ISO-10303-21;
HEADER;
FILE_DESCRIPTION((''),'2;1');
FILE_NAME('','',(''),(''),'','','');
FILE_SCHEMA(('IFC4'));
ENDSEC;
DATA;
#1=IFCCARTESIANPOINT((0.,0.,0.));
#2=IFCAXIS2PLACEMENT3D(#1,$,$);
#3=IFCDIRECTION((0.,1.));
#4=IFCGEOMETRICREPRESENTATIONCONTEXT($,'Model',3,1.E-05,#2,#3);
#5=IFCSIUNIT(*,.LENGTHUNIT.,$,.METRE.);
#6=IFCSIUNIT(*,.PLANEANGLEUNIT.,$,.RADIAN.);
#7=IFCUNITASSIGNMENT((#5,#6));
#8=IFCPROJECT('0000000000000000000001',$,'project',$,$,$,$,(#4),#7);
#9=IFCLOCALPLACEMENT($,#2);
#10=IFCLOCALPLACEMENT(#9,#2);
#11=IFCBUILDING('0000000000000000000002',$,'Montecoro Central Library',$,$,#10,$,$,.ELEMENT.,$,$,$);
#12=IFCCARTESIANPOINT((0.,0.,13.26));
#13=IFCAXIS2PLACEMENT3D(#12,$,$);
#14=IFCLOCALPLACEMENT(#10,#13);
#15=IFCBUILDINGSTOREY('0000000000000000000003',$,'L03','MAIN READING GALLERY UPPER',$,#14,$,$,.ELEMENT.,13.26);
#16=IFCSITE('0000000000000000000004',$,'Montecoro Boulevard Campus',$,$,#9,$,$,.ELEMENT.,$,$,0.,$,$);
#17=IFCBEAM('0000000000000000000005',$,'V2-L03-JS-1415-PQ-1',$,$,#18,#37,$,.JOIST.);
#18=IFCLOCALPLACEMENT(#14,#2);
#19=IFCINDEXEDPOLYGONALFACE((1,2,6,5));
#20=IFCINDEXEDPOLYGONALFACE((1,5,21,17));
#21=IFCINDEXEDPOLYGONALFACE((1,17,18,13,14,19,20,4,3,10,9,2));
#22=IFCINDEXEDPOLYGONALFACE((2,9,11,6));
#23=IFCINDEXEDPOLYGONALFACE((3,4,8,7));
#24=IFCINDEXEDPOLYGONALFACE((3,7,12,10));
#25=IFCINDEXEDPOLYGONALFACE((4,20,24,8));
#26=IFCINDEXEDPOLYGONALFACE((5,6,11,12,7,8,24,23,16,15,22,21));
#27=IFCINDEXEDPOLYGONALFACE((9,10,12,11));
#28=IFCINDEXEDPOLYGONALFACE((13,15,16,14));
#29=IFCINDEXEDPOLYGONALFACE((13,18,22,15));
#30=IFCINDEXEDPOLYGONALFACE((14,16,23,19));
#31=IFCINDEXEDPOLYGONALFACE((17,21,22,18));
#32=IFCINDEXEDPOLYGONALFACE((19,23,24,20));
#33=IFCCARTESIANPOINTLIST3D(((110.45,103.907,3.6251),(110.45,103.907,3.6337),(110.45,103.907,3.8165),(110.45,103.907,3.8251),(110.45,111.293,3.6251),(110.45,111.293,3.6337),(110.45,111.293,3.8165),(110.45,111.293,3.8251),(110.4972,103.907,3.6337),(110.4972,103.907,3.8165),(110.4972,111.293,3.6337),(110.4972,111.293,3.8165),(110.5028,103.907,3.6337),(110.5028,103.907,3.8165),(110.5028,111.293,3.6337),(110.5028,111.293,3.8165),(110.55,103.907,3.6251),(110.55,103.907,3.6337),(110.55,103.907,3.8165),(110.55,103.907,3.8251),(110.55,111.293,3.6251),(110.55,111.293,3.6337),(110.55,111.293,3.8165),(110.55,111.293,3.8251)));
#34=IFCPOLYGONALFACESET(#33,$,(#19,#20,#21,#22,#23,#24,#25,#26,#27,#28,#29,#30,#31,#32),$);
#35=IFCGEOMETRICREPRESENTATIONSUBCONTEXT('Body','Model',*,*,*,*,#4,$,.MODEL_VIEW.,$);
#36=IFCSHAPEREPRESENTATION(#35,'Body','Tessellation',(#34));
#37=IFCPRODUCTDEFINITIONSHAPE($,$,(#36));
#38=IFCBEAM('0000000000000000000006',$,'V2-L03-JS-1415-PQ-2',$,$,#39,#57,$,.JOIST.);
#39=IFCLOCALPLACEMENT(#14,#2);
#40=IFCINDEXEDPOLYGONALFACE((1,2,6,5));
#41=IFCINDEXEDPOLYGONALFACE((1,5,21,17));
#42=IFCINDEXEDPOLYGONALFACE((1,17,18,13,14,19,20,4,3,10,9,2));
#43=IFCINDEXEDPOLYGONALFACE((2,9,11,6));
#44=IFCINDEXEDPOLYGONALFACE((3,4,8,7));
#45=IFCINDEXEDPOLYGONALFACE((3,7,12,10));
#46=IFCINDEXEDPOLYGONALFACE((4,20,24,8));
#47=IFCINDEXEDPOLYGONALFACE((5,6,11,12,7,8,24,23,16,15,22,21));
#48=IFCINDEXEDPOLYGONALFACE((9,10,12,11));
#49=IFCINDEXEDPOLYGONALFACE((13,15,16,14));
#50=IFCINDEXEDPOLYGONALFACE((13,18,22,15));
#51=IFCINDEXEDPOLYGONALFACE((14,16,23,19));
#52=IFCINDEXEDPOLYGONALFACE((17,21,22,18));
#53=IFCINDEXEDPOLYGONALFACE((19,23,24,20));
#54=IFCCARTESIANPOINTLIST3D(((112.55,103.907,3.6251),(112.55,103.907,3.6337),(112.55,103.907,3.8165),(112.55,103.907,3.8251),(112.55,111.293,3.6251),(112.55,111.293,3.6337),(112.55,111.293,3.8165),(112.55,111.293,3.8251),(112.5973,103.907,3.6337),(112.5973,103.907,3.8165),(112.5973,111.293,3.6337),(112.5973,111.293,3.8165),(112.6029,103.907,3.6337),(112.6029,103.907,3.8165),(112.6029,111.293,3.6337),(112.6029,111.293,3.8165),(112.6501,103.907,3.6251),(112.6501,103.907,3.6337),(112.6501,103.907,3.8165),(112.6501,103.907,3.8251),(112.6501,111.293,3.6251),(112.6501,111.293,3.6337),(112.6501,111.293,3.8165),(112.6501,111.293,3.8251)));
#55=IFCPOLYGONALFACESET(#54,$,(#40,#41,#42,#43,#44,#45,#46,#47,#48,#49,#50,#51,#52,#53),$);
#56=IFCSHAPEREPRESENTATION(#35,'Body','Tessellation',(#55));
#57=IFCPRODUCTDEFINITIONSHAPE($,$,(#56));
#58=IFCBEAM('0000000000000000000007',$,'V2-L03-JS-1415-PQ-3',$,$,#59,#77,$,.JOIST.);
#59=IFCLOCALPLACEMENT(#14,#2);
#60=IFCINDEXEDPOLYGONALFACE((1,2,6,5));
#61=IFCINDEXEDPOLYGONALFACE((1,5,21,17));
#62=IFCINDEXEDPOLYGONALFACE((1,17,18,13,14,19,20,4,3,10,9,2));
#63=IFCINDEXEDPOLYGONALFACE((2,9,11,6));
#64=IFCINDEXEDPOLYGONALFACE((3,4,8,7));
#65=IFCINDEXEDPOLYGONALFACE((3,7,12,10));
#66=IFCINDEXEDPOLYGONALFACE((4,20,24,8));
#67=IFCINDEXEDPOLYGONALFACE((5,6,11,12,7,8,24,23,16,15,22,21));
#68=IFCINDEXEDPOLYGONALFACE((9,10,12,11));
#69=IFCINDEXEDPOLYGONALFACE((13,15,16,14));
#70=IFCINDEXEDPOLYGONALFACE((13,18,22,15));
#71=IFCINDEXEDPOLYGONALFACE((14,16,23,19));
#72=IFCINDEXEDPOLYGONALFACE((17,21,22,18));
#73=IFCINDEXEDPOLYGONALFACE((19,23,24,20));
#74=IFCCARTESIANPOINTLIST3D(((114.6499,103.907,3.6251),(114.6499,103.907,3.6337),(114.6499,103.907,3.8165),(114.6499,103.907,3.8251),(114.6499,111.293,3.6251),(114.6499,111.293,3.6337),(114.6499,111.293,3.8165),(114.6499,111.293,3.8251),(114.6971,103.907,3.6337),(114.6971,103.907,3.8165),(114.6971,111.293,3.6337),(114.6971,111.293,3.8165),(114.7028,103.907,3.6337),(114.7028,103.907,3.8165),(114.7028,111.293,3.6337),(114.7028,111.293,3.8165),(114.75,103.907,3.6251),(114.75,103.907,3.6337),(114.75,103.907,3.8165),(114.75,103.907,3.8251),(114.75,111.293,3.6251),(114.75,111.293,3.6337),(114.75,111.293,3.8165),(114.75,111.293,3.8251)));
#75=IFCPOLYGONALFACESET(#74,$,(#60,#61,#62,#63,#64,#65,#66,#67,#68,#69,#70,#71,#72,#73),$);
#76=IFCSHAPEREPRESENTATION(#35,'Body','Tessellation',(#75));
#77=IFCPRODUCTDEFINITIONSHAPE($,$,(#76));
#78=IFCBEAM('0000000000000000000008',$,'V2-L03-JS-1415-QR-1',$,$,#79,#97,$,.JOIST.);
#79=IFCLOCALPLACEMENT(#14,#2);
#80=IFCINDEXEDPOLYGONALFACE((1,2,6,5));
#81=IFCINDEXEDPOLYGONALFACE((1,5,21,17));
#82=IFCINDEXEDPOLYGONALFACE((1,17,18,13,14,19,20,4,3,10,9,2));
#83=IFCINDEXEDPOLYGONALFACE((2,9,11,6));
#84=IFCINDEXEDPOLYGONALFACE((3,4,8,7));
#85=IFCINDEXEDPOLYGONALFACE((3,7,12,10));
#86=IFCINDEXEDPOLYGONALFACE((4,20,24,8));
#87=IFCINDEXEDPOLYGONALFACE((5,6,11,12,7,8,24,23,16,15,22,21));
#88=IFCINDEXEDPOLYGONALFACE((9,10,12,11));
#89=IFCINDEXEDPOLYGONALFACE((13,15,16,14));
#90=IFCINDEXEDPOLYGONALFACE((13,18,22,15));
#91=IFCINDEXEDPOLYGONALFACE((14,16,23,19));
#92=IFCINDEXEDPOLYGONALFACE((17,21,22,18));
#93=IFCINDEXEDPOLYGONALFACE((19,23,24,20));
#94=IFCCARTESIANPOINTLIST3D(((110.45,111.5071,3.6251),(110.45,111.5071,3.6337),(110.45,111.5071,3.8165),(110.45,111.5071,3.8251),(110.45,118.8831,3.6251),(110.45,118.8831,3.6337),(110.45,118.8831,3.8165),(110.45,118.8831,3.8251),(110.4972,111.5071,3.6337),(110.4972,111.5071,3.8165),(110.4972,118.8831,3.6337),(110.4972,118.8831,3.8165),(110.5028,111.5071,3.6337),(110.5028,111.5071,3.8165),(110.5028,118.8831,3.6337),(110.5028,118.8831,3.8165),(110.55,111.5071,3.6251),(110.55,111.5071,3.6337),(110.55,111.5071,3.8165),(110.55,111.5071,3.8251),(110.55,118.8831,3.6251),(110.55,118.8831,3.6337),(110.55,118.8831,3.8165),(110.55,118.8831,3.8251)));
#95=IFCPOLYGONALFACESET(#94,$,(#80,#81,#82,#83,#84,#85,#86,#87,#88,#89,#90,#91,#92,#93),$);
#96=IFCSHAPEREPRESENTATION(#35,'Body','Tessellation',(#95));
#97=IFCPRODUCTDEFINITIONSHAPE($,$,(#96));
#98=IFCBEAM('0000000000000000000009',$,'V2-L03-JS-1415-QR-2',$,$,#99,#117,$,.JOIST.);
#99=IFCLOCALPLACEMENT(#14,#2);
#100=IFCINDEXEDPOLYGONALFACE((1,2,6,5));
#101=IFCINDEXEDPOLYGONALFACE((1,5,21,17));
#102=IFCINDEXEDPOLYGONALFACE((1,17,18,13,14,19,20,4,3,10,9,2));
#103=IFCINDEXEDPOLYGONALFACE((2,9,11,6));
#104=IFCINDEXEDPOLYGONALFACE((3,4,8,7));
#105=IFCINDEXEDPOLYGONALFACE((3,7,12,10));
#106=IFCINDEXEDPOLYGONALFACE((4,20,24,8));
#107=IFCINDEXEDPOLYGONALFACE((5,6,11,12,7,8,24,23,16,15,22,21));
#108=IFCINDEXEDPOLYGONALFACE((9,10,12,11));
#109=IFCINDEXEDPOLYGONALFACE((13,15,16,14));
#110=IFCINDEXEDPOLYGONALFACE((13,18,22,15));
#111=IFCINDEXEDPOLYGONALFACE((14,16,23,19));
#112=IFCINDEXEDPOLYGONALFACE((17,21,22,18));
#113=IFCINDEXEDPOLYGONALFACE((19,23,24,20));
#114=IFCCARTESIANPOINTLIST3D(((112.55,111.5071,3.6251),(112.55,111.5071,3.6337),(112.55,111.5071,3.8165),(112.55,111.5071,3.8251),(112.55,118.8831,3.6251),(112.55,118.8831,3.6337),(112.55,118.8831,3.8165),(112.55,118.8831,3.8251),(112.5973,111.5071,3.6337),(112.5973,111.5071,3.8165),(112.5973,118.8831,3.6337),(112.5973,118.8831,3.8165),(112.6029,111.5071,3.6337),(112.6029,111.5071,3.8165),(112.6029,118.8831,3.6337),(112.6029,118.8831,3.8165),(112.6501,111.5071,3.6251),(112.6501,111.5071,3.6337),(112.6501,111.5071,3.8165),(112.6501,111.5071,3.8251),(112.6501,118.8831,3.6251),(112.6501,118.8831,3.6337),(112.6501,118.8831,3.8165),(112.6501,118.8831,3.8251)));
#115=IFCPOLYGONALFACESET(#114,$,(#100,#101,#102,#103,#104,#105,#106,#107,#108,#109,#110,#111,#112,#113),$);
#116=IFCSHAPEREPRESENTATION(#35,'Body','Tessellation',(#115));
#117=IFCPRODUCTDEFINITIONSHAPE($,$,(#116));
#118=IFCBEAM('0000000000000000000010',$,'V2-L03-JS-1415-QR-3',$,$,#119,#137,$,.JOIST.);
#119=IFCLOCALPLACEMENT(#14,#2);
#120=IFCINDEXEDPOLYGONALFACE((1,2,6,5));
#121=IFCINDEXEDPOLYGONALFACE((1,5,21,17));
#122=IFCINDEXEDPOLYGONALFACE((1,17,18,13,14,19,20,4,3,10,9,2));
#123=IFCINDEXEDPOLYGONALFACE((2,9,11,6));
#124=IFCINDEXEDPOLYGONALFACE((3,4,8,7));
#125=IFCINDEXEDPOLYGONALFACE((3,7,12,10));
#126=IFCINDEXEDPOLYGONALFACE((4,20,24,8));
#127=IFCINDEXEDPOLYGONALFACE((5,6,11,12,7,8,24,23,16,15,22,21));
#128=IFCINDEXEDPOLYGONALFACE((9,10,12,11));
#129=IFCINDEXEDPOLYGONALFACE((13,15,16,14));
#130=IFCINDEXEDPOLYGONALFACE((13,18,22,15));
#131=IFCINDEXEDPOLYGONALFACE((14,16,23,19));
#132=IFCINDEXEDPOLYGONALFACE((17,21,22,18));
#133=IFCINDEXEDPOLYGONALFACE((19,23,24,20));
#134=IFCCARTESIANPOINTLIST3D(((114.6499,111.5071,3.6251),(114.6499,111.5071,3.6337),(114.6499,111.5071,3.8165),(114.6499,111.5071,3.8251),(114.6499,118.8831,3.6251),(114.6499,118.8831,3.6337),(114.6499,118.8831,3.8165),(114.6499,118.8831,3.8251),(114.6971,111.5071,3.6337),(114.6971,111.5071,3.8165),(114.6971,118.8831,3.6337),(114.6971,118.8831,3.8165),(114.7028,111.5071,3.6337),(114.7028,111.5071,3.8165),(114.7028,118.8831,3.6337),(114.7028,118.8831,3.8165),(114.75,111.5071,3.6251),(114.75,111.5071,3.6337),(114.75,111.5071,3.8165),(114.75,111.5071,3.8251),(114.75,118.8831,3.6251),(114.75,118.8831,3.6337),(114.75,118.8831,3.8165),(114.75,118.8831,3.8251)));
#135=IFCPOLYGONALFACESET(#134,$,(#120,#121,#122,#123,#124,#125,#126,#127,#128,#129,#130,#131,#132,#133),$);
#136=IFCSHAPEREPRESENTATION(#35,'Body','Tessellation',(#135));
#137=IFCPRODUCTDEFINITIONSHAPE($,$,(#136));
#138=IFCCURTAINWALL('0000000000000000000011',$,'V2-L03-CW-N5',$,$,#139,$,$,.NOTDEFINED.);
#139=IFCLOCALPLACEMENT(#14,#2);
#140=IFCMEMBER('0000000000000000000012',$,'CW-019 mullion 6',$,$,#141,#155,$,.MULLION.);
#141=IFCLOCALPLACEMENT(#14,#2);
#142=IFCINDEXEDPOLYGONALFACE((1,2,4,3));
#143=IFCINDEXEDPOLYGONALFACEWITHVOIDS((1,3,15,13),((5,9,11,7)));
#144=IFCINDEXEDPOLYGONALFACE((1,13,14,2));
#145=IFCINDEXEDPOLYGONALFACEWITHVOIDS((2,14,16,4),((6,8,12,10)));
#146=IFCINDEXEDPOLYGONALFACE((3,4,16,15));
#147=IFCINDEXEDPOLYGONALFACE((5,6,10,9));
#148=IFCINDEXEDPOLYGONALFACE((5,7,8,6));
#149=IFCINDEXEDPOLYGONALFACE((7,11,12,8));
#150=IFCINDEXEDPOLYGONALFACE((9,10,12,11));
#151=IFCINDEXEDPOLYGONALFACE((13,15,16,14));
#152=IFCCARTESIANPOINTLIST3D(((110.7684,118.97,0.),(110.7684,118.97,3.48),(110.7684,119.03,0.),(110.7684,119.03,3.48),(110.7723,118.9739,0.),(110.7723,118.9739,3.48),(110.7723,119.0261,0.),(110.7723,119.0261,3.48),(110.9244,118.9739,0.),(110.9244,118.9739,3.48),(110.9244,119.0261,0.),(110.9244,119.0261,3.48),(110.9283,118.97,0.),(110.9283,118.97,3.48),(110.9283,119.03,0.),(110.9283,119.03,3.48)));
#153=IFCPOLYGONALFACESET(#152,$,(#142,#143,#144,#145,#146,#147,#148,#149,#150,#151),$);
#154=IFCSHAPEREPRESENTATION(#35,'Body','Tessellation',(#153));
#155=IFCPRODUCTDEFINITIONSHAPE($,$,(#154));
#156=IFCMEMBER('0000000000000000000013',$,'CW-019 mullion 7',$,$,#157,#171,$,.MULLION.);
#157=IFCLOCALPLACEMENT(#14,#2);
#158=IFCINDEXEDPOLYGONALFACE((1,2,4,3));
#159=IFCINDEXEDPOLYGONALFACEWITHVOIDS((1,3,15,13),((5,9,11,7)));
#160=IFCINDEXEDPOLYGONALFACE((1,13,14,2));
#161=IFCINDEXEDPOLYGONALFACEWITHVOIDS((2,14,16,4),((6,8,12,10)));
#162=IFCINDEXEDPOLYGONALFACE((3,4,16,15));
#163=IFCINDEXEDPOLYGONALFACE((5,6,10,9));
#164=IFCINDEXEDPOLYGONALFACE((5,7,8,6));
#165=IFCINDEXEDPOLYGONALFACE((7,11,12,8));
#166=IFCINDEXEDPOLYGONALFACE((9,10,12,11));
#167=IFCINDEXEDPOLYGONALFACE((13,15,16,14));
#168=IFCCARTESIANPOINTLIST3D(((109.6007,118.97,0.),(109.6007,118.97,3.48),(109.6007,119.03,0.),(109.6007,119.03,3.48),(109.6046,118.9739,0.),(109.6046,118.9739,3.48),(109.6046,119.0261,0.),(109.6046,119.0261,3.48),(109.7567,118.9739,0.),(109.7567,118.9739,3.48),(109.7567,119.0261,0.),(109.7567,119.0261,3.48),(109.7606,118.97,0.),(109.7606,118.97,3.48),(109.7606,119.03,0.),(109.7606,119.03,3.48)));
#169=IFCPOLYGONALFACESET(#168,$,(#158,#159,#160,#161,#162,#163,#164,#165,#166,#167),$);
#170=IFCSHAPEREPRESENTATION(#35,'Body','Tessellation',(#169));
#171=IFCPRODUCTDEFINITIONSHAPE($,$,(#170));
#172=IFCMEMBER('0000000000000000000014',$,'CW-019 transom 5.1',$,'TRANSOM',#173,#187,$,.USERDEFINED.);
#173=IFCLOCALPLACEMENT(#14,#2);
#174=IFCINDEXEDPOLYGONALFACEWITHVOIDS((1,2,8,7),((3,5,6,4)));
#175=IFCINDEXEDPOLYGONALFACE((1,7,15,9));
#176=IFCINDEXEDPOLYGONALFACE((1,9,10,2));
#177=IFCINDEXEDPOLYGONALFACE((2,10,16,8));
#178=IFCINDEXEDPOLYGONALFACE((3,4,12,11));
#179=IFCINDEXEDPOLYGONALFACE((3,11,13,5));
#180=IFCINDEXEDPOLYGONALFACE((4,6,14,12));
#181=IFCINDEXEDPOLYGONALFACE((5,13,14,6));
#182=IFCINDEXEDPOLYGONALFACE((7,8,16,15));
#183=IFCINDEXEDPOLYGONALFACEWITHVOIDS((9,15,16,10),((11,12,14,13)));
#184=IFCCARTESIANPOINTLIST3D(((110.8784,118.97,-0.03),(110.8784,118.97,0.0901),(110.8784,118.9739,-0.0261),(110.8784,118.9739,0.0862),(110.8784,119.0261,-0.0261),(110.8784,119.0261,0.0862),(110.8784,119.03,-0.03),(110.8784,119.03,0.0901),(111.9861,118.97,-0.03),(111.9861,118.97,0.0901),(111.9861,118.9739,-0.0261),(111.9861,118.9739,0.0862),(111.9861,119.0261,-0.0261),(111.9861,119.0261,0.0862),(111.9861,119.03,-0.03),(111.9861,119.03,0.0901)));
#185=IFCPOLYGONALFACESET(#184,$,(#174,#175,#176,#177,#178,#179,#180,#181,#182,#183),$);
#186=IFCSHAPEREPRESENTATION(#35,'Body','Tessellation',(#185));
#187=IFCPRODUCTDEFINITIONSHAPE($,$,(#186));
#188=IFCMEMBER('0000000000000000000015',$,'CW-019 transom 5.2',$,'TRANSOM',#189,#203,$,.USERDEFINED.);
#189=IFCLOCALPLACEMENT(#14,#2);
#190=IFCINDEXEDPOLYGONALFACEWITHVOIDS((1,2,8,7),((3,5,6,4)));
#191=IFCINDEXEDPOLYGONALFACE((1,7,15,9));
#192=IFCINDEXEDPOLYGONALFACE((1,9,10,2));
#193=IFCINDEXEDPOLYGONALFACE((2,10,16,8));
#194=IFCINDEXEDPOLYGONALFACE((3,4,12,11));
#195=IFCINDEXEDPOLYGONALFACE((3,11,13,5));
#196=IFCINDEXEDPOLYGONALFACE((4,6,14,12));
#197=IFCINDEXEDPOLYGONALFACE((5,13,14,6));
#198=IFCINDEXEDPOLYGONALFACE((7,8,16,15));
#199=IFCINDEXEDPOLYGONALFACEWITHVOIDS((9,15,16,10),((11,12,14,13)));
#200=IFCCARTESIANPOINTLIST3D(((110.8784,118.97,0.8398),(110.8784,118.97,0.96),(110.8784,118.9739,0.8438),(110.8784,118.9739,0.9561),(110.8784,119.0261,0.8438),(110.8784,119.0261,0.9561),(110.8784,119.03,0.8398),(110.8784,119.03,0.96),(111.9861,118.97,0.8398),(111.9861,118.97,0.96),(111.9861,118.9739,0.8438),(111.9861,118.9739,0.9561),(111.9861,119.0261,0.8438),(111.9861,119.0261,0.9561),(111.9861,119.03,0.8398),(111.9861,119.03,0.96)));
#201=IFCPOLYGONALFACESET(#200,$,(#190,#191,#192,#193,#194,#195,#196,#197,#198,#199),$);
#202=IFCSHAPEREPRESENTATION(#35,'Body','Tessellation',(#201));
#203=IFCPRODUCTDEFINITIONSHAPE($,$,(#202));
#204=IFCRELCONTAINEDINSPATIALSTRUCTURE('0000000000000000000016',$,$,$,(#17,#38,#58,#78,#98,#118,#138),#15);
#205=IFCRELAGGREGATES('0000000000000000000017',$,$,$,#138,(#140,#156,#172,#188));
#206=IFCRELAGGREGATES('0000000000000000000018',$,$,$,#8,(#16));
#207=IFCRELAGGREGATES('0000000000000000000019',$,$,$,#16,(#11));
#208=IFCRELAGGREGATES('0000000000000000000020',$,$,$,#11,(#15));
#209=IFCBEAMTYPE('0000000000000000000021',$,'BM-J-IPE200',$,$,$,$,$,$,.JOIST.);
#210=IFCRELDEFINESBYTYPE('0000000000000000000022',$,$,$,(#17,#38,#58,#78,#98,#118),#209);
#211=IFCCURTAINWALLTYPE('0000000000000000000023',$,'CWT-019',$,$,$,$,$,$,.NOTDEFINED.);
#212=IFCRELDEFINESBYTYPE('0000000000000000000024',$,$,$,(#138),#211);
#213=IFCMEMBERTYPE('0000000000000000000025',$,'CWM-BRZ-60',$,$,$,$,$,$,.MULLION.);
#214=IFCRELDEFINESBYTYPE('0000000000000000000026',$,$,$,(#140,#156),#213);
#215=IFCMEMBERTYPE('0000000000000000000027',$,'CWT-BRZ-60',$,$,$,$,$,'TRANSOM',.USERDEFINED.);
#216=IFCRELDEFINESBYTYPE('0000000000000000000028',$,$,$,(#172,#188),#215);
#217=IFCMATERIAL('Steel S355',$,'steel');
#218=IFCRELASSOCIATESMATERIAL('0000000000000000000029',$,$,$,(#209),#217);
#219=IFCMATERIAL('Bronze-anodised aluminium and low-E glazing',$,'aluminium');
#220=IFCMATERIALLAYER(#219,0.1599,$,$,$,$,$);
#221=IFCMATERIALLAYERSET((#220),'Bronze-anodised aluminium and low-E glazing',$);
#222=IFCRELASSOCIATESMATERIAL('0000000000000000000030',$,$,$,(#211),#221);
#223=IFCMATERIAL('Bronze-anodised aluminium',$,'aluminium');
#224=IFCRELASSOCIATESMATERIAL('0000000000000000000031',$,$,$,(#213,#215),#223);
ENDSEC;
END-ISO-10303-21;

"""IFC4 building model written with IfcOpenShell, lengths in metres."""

from ifc_helpers import new_model, si_unit, direction, frame, origin, origin_2d, place, context, subcontext, project, spatial, hollow_rectangle, i_section, extrude, material, layer, layer_set, material_profile, profile_set, type_object, element, aggregate, save


model = new_model("IFC4")

# Units and contexts
model_context = context("Model", 3, precision=1e-05, world=origin(), true_north=direction((0.0, 1.0)))
body_context = subcontext(model_context, "Body", "Model", "MODEL_VIEW")
ifc_project = project(units=[si_unit("LENGTHUNIT", "METRE"), si_unit("PLANEANGLEUNIT", "RADIAN")], contexts=[model_context])

# Site, building, storey
site_placement = place(None, origin())
site = spatial("IfcSite", under=ifc_project, at=site_placement, Name="Montecoro Boulevard Campus", CompositionType="ELEMENT", RefElevation=0.0)
building_placement = place(site_placement, origin())
building = spatial("IfcBuilding", under=site, at=building_placement, Name="Montecoro Central Library", CompositionType="ELEMENT")
storey_placement = place(building_placement, frame((0.0, 0.0, 13.26)))
storey = spatial("IfcBuildingStorey", under=building, at=storey_placement, Name="L03", Description="MAIN READING GALLERY UPPER", CompositionType="ELEMENT", Elevation=13.26)

# Beams
ifc_material_1 = material(Name="Steel S355", Category="steel")
ifc_material_profile_1 = material_profile(ifc_material_1, i_section(OverallWidth=0.1001, OverallDepth=0.2, WebThickness=0.0056, FlangeThickness=0.0085, at=origin_2d()), Name="IPE 200")
ifc_profile_set_1 = profile_set([ifc_material_profile_1], Name="Steel S355")
beam_type = type_object("IfcBeamType", Name="BM-J-IPE200", PredefinedType="JOIST", material=ifc_profile_set_1)
for number, where, z_axis, x_axis, name in (
    (1, (110.5, 103.907, 3.7251), (0.0, 1.0, 0.0), (-1.0, 0.0, 0.0), "V2-L03-JS-1415-PQ-1"),
    (2, (112.6001, 103.907, 3.7251), (0.0, 1.0, 0.0), (-1.0, 0.0, 0.0), "V2-L03-JS-1415-PQ-2"),
    (3, (114.7, 103.907, 3.7251), (0.0, 1.0, 0.0), (-1.0, 0.0, 0.0), "V2-L03-JS-1415-PQ-3"),
):
    element("IfcBeam", number, at=place(storey_placement, frame(where, z_axis=z_axis, x_axis=x_axis)), inside=storey, type_object=beam_type, Name=name, PredefinedType="JOIST", context=body_context, shape_type="SweptSolid", body=[
        extrude(i_section(OverallWidth=0.1001, OverallDepth=0.2, WebThickness=0.0056, FlangeThickness=0.0085, at=origin_2d()), origin(), (0.0, 0.0, 1.0), 7.386),
    ])
for number, where, z_axis, x_axis, name in (
    (4, (110.5, 111.5071, 3.7251), (0.0, 1.0, 0.0), (-1.0, 0.0, 0.0), "V2-L03-JS-1415-QR-1"),
    (5, (112.6001, 111.5071, 3.7251), (0.0, 1.0, 0.0), (-1.0, 0.0, 0.0), "V2-L03-JS-1415-QR-2"),
    (6, (114.7, 111.5071, 3.7251), (0.0, 1.0, 0.0), (-1.0, 0.0, 0.0), "V2-L03-JS-1415-QR-3"),
):
    element("IfcBeam", number, at=place(storey_placement, frame(where, z_axis=z_axis, x_axis=x_axis)), inside=storey, type_object=beam_type, Name=name, PredefinedType="JOIST", context=body_context, shape_type="SweptSolid", body=[
        extrude(i_section(OverallWidth=0.1001, OverallDepth=0.2, WebThickness=0.0056, FlangeThickness=0.0085, at=origin_2d()), origin(), (0.0, 0.0, 1.0), 7.376),
    ])

# Curtain wall, members
ifc_material_2 = material(Name="Bronze-anodised aluminium and low-E glazing", Category="aluminium")
ifc_layer_1 = layer(ifc_material_2, 0.1599)
ifc_layer_set_1 = layer_set([ifc_layer_1], Name="Bronze-anodised aluminium and low-E glazing")
curtain_wall_type = type_object("IfcCurtainWallType", Name="CWT-019", PredefinedType="NOTDEFINED", material=ifc_layer_set_1)
curtain_wall_placement = place(storey_placement, origin())
curtain_wall = element("IfcCurtainWall", 7, at=curtain_wall_placement, inside=storey, type_object=curtain_wall_type, Name="V2-L03-CW-N5", PredefinedType="NOTDEFINED")
ifc_material_3 = material(Name="Bronze-anodised aluminium", Category="aluminium")
ifc_material_profile_2 = material_profile(ifc_material_3, hollow_rectangle(XDim=0.0601, YDim=0.1599, WallThickness=0.0039, at=origin_2d()), Name="CWM 160x60x4.0")
ifc_profile_set_2 = profile_set([ifc_material_profile_2], Name="Bronze-anodised aluminium")
member_type_1 = type_object("IfcMemberType", Name="CWM-BRZ-60", PredefinedType="MULLION", material=ifc_profile_set_2)
member_1_placement = place(storey_placement, frame((110.8484, 119.0, 0.0), z_axis=(0.0, 0.0, 1.0), x_axis=(0.0, -1.0, 0.0)))
member_1 = element("IfcMember", 8, at=member_1_placement, type_object=member_type_1, Name="CW-019 mullion 6", PredefinedType="MULLION", context=body_context, shape_type="SweptSolid", body=[
    extrude(hollow_rectangle(XDim=0.0601, YDim=0.1599, WallThickness=0.0039, at=origin_2d()), origin(), (0.0, 0.0, 1.0), 3.48),
])
member_2_placement = place(storey_placement, frame((109.6807, 119.0, 0.0), z_axis=(0.0, 0.0, 1.0), x_axis=(0.0, -1.0, 0.0)))
member_2 = element("IfcMember", 9, at=member_2_placement, type_object=member_type_1, Name="CW-019 mullion 7", PredefinedType="MULLION", context=body_context, shape_type="SweptSolid", body=[
    extrude(hollow_rectangle(XDim=0.0601, YDim=0.1599, WallThickness=0.0039, at=origin_2d()), origin(), (0.0, 0.0, 1.0), 3.48),
])
ifc_material_profile_3 = material_profile(ifc_material_3, hollow_rectangle(XDim=0.0601, YDim=0.1201, WallThickness=0.0039, at=origin_2d()), Name="CWT 120x60x4.0")
ifc_profile_set_3 = profile_set([ifc_material_profile_3], Name="Bronze-anodised aluminium")
member_type_2 = type_object("IfcMemberType", Name="CWT-BRZ-60", ElementType="TRANSOM", PredefinedType="USERDEFINED", material=ifc_profile_set_3)
member_3_placement = place(storey_placement, frame((111.9861, 119.0, 0.03), z_axis=(-1.0, 0.0, 0.0), x_axis=(0.0, -1.0, 0.0)))
member_3 = element("IfcMember", 10, at=member_3_placement, type_object=member_type_2, Name="CW-019 transom 5.1", ObjectType="TRANSOM", PredefinedType="USERDEFINED", context=body_context, shape_type="SweptSolid", body=[
    extrude(hollow_rectangle(XDim=0.0601, YDim=0.1201, WallThickness=0.0039, at=origin_2d()), origin(), (0.0, 0.0, 1.0), 1.1077),
])
member_4_placement = place(storey_placement, frame((111.9861, 119.0, 0.8999), z_axis=(-1.0, 0.0, 0.0), x_axis=(0.0, -1.0, 0.0)))
member_4 = element("IfcMember", 11, at=member_4_placement, type_object=member_type_2, Name="CW-019 transom 5.2", ObjectType="TRANSOM", PredefinedType="USERDEFINED", context=body_context, shape_type="SweptSolid", body=[
    extrude(hollow_rectangle(XDim=0.0601, YDim=0.1201, WallThickness=0.0039, at=origin_2d()), origin(), (0.0, 0.0, 1.0), 1.1077),
])
aggregate(curtain_wall, [member_1, member_2, member_3, member_4])

save(model, "model.ifc")
